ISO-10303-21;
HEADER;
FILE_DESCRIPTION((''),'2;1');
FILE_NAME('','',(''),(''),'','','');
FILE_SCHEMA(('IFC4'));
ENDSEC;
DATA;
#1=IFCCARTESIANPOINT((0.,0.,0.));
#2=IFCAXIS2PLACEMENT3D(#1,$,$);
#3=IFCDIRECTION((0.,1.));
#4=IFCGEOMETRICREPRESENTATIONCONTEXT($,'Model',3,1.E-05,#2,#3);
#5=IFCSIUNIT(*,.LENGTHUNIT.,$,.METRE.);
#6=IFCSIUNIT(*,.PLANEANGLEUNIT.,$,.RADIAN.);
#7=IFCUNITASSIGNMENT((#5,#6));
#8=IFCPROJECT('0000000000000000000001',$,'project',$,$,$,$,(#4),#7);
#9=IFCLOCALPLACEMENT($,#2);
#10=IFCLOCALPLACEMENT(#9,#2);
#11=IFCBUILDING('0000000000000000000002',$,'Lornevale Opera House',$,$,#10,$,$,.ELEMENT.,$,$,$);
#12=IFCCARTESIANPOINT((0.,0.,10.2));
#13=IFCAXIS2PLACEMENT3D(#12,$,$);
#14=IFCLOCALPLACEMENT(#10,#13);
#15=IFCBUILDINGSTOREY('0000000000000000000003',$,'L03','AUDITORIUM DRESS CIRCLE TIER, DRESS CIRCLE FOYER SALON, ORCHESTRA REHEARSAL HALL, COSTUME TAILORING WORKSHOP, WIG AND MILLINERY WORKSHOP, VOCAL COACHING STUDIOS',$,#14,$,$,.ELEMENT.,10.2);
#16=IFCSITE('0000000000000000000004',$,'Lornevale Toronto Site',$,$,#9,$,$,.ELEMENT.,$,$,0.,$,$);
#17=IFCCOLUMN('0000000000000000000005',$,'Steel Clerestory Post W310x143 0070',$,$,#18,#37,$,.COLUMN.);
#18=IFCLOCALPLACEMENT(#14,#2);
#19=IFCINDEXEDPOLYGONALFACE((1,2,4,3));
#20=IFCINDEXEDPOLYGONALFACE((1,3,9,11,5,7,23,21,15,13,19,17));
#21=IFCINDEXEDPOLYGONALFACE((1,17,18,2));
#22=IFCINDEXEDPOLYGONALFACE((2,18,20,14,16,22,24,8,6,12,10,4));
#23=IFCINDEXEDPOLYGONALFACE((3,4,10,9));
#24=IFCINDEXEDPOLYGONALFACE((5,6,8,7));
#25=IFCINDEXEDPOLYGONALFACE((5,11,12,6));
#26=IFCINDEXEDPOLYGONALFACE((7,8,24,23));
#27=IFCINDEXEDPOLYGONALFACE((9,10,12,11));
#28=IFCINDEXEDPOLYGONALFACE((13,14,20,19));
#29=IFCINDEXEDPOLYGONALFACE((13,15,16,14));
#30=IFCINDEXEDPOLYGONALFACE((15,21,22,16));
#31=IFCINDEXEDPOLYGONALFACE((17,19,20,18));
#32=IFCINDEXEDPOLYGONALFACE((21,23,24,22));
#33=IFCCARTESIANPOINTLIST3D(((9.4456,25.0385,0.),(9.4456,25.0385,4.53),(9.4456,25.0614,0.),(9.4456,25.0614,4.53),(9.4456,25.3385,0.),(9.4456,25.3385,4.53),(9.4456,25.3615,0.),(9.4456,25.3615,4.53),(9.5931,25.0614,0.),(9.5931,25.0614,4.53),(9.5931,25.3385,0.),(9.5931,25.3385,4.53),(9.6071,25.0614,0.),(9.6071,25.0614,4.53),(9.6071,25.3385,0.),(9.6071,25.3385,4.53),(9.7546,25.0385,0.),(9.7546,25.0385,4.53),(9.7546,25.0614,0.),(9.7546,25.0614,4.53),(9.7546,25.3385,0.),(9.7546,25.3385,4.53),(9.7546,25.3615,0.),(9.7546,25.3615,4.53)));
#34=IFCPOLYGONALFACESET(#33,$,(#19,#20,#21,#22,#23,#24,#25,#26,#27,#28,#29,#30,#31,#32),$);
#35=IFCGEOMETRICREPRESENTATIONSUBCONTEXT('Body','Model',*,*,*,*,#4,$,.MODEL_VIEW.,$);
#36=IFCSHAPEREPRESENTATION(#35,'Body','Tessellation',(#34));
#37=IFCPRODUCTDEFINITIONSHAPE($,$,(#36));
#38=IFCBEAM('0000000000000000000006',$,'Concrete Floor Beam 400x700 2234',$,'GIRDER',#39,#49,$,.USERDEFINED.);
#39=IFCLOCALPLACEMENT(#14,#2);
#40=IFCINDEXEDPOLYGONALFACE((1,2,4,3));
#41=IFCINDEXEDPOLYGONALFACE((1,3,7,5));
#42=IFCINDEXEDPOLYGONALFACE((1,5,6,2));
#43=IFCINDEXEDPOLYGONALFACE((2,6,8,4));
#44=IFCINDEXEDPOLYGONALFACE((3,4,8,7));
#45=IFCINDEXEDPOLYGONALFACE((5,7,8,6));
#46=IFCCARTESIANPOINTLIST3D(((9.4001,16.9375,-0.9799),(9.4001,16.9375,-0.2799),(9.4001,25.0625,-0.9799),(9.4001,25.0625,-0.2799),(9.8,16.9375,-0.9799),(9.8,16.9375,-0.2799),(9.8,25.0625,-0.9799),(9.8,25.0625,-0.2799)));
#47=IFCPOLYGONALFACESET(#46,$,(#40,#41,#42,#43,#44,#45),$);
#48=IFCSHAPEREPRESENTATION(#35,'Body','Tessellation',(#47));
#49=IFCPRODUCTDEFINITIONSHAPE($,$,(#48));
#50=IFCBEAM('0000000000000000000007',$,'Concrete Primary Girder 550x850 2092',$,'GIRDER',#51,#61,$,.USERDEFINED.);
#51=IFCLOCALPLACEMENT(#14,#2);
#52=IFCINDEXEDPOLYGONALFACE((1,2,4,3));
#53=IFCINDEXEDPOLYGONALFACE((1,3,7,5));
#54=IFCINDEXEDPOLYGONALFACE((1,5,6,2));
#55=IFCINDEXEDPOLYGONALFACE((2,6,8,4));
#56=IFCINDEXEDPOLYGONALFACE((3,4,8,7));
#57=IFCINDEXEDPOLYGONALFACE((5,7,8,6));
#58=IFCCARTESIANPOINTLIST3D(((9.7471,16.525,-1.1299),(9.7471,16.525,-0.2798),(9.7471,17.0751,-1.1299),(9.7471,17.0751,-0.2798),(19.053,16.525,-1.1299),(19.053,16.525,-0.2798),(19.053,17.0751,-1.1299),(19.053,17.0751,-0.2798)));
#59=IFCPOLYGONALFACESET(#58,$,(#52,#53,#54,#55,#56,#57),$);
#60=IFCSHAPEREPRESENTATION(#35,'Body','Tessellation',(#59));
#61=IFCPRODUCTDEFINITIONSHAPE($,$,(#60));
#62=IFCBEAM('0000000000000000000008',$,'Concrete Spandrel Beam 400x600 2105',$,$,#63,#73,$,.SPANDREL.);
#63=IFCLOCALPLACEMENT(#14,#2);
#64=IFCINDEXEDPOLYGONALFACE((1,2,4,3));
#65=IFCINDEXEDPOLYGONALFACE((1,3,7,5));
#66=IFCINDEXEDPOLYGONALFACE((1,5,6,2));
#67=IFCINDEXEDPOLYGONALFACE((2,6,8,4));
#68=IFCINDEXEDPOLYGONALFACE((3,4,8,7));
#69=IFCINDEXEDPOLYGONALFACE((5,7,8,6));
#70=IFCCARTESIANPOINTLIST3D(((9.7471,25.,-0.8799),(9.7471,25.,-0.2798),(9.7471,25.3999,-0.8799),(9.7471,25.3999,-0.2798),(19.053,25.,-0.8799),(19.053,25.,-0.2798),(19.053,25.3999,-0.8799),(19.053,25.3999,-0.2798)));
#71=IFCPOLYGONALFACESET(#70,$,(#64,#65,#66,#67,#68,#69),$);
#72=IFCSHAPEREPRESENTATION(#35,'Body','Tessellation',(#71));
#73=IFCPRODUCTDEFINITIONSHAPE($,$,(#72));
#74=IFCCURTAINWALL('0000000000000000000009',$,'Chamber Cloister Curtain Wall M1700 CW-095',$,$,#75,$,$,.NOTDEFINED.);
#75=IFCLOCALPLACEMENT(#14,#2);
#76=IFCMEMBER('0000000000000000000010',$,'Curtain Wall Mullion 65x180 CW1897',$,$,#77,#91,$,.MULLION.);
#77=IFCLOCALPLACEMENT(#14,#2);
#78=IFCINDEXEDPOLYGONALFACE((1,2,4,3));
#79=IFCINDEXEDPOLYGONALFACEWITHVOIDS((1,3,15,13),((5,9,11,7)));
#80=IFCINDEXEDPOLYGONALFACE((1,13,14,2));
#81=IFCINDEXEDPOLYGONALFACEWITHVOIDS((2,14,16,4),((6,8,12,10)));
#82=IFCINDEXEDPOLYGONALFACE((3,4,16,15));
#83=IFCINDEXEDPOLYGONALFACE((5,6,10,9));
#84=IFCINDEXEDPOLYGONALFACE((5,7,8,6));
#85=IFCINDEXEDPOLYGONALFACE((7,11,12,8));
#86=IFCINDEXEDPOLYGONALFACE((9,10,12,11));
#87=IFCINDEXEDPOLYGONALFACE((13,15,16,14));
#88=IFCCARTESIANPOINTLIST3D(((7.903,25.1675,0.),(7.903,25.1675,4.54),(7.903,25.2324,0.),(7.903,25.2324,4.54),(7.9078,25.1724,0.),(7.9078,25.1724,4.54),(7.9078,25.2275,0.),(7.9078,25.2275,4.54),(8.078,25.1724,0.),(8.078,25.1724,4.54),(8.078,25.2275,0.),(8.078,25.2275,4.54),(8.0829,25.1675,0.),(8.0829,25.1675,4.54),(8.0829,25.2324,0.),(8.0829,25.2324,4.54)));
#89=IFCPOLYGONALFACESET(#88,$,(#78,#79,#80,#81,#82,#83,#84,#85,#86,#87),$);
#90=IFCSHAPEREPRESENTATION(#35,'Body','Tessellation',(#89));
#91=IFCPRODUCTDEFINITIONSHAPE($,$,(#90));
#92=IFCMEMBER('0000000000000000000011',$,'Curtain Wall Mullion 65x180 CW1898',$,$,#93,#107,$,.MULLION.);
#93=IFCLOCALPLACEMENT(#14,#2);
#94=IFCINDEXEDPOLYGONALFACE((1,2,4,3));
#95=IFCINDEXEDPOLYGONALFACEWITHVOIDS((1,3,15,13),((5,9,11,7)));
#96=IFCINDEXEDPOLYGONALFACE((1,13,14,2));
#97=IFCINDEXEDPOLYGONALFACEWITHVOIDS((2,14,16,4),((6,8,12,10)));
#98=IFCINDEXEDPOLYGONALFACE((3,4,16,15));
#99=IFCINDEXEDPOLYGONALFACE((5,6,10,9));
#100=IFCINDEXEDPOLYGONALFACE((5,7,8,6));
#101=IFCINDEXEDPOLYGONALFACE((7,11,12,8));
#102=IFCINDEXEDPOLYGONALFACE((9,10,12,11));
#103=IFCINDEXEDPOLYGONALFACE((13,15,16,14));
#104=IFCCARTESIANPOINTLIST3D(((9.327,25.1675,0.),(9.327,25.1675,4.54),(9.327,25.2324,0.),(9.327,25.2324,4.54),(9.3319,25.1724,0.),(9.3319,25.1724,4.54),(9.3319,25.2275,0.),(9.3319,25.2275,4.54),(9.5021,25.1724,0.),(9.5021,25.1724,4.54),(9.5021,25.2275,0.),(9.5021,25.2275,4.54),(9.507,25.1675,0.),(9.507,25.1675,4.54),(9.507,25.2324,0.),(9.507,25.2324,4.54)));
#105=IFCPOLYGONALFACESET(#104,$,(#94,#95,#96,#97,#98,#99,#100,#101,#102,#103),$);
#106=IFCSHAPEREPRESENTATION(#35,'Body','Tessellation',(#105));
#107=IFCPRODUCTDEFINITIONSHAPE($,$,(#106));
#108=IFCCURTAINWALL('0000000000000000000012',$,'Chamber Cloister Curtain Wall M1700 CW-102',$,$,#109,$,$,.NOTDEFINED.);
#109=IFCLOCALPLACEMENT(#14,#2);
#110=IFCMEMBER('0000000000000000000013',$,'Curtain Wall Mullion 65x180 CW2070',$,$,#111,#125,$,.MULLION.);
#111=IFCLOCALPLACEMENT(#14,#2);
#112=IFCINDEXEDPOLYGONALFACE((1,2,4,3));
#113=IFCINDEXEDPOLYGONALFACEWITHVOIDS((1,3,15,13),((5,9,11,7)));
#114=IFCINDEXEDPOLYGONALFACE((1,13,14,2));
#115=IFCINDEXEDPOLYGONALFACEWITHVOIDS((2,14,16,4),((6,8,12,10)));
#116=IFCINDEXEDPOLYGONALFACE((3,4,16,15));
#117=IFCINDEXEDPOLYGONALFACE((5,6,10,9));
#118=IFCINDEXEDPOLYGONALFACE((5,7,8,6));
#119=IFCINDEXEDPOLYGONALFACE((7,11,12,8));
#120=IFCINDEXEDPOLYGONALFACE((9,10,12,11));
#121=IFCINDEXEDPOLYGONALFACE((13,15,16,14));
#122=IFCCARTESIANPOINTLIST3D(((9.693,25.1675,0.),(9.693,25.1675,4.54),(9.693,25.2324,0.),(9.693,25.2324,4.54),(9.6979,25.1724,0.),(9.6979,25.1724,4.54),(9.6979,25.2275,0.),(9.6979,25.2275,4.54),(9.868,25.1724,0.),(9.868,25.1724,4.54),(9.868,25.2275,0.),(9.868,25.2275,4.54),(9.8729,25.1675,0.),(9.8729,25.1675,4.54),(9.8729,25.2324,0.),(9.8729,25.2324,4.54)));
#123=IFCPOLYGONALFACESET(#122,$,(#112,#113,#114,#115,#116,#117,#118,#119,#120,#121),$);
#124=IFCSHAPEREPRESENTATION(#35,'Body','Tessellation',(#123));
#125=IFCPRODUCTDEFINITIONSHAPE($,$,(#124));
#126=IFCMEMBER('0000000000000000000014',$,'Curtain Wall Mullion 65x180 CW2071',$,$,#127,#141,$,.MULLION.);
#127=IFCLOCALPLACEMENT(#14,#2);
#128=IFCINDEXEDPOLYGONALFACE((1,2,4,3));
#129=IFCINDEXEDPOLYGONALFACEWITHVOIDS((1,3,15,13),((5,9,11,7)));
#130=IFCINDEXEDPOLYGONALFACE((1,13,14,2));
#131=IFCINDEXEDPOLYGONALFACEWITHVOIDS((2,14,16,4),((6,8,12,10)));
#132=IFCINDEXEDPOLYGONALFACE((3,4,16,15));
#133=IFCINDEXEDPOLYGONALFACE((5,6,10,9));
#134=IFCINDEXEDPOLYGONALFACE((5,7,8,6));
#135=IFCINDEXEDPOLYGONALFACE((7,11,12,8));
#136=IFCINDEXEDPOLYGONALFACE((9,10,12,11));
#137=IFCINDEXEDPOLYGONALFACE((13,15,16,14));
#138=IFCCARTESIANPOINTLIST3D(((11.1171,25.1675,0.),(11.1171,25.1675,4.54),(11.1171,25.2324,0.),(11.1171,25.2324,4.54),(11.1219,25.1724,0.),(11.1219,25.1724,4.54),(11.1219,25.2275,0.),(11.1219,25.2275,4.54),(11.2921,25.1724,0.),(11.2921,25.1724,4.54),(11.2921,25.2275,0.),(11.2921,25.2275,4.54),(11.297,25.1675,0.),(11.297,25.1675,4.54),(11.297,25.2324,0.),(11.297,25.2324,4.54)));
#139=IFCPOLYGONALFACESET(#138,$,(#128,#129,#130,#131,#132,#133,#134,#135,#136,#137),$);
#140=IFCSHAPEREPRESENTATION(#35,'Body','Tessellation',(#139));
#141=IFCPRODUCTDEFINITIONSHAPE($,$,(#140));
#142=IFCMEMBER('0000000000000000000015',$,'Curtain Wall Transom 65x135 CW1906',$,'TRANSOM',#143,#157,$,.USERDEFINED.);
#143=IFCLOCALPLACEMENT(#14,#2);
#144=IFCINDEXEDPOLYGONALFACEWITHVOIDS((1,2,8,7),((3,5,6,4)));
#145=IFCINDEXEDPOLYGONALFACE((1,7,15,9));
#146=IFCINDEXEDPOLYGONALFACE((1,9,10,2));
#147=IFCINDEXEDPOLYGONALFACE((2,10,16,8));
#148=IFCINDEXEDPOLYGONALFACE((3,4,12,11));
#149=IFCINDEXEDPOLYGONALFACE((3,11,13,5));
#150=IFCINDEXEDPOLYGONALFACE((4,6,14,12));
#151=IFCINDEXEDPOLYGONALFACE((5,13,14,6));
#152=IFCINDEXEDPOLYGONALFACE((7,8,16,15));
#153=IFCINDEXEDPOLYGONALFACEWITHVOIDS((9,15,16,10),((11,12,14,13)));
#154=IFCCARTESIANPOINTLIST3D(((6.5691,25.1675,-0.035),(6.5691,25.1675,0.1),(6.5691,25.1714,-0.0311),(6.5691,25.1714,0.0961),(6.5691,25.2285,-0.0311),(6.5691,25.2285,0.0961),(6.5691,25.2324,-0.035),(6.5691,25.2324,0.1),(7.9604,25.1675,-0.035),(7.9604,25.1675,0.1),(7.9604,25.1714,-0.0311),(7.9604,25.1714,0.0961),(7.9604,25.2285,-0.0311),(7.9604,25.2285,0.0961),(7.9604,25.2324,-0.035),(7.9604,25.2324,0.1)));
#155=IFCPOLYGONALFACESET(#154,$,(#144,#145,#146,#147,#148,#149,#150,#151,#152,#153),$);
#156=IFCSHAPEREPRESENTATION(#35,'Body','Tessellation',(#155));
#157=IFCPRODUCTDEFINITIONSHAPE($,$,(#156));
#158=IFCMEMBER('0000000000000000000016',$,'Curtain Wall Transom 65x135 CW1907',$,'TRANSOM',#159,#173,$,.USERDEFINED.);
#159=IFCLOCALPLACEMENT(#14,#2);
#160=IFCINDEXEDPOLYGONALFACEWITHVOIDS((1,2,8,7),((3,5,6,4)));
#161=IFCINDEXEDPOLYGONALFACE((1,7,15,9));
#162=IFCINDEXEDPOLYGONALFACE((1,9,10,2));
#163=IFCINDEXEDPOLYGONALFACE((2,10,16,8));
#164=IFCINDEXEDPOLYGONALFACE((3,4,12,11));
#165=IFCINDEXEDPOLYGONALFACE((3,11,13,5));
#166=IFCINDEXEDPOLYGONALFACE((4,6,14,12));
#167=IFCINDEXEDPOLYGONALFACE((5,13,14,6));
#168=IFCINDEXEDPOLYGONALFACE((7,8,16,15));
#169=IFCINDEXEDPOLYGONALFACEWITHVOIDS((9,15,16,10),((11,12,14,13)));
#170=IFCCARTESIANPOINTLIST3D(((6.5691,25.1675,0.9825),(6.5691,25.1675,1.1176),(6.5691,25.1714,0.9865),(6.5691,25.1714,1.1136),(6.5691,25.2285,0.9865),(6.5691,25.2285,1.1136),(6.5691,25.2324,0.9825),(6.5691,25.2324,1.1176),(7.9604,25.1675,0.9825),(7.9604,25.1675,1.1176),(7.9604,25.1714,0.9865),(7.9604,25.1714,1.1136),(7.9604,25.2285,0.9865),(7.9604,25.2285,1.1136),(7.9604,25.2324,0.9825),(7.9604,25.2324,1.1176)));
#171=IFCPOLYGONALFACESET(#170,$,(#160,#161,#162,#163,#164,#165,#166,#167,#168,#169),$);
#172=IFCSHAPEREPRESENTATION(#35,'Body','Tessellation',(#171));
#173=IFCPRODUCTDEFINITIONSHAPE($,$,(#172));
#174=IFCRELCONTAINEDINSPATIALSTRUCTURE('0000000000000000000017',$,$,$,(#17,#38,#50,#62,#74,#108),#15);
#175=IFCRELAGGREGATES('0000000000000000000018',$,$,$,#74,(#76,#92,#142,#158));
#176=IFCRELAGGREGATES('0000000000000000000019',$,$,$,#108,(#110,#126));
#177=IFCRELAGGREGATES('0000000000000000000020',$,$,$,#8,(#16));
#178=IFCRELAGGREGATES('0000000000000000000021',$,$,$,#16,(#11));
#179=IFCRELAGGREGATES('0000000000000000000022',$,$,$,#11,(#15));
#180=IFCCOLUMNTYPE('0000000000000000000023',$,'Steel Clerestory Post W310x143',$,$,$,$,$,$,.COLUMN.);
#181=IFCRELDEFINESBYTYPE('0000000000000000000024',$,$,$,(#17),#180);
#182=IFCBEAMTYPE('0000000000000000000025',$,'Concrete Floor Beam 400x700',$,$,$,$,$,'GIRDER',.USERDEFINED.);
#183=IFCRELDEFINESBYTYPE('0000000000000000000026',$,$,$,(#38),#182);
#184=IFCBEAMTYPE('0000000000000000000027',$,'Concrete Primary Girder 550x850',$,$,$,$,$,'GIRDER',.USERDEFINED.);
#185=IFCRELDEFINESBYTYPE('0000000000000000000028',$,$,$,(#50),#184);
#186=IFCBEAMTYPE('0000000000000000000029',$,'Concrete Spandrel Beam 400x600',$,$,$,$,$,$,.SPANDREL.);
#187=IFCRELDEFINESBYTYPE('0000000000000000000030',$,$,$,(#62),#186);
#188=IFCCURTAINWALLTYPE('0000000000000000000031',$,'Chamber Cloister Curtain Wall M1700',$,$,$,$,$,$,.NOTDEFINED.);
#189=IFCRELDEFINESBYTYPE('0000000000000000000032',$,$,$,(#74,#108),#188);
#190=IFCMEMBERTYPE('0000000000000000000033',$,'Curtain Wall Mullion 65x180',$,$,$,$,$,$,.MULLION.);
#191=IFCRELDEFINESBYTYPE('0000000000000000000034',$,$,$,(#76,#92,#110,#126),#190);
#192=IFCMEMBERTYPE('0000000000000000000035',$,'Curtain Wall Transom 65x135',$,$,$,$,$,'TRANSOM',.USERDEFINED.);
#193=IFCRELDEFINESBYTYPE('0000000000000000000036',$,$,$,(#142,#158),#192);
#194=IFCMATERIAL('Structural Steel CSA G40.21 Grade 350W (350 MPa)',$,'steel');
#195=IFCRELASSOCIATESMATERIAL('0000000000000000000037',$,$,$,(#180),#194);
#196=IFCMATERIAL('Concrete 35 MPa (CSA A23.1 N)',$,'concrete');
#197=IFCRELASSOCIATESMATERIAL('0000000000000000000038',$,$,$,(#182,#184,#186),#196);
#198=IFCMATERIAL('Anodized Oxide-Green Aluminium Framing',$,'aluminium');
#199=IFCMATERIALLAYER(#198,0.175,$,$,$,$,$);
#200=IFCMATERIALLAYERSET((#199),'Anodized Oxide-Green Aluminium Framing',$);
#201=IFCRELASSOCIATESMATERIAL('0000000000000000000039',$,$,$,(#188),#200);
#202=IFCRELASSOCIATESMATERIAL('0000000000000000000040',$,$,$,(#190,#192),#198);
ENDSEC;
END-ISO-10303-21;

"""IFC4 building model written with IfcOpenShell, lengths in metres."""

from ifc_helpers import new_model, si_unit, direction, frame, origin, origin_2d, place, context, subcontext, project, spatial, rectangle, hollow_rectangle, i_section, extrude, material, layer, layer_set, material_profile, profile_set, type_object, element, aggregate, save


model = new_model("IFC4")

# Units and contexts
model_context = context("Model", 3, precision=1e-05, world=origin(), true_north=direction((0.0, 1.0)))
body_context = subcontext(model_context, "Body", "Model", "MODEL_VIEW")
ifc_project = project(units=[si_unit("LENGTHUNIT", "METRE"), si_unit("PLANEANGLEUNIT", "RADIAN")], contexts=[model_context])

# Site, building, storey
site_placement = place(None, origin())
site = spatial("IfcSite", under=ifc_project, at=site_placement, Name="Lornevale Toronto Site", CompositionType="ELEMENT", RefElevation=0.0)
building_placement = place(site_placement, origin())
building = spatial("IfcBuilding", under=site, at=building_placement, Name="Lornevale Opera House", CompositionType="ELEMENT")
storey_placement = place(building_placement, frame((0.0, 0.0, 10.2)))
storey = spatial("IfcBuildingStorey", under=building, at=storey_placement, Name="L03", Description="AUDITORIUM DRESS CIRCLE TIER, DRESS CIRCLE FOYER SALON, ORCHESTRA REHEARSAL HALL, COSTUME TAILORING WORKSHOP, WIG AND MILLINERY WORKSHOP, VOCAL COACHING STUDIOS", CompositionType="ELEMENT", Elevation=10.2)

# Column
ifc_material_1 = material(Name="Structural Steel CSA G40.21 Grade 350W (350 MPa)", Category="steel")
ifc_material_profile_1 = material_profile(ifc_material_1, i_section(OverallWidth=0.3091, OverallDepth=0.323, WebThickness=0.0139, FlangeThickness=0.0229, at=origin_2d()), Name="W310x143")
ifc_profile_set_1 = profile_set([ifc_material_profile_1], Name="Structural Steel CSA G40.21 Grade 350W (350 MPa)")
column_type = type_object("IfcColumnType", Name="Steel Clerestory Post W310x143", PredefinedType="COLUMN", material=ifc_profile_set_1)
column_placement = place(storey_placement, frame((9.6001, 25.2, 0.0), z_axis=(0.0, 0.0, 1.0), x_axis=(1.0, 0.0, 0.0)))
element("IfcColumn", 1, at=column_placement, inside=storey, type_object=column_type, Name="Steel Clerestory Post W310x143 0070", PredefinedType="COLUMN", context=body_context, shape_type="SweptSolid", body=[
    extrude(i_section(OverallWidth=0.3091, OverallDepth=0.323, WebThickness=0.0139, FlangeThickness=0.0229, at=origin_2d()), origin(), (0.0, 0.0, 1.0), 4.53),
])

# Beams
ifc_material_2 = material(Name="Concrete 35 MPa (CSA A23.1 N)", Category="concrete")
ifc_material_profile_2 = material_profile(ifc_material_2, rectangle(XDim=0.3999, YDim=0.7, at=origin_2d()), Name="RC400x700")
ifc_profile_set_2 = profile_set([ifc_material_profile_2], Name="Concrete 35 MPa (CSA A23.1 N)")
beam_type_1 = type_object("IfcBeamType", Name="Concrete Floor Beam 400x700", ElementType="GIRDER", PredefinedType="USERDEFINED", material=ifc_profile_set_2)
beam_1_placement = place(storey_placement, frame((9.6001, 16.9375, -0.6299), z_axis=(0.0, 1.0, 0.0), x_axis=(-1.0, 0.0, 0.0)))
element("IfcBeam", 2, at=beam_1_placement, inside=storey, type_object=beam_type_1, Name="Concrete Floor Beam 400x700 2234", ObjectType="GIRDER", PredefinedType="USERDEFINED", context=body_context, shape_type="SweptSolid", body=[
    extrude(rectangle(XDim=0.3999, YDim=0.7, at=origin_2d()), origin(), (0.0, 0.0, 1.0), 8.125),
])
ifc_material_profile_3 = material_profile(ifc_material_2, rectangle(XDim=0.55, YDim=0.8501, at=origin_2d()), Name="RC550x850")
ifc_profile_set_3 = profile_set([ifc_material_profile_3], Name="Concrete 35 MPa (CSA A23.1 N)")
beam_type_2 = type_object("IfcBeamType", Name="Concrete Primary Girder 550x850", ElementType="GIRDER", PredefinedType="USERDEFINED", material=ifc_profile_set_3)
beam_2_placement = place(storey_placement, frame((9.7471, 16.8, -0.7048), z_axis=(1.0, 0.0, 0.0), x_axis=(0.0, 1.0, 0.0)))
element("IfcBeam", 3, at=beam_2_placement, inside=storey, type_object=beam_type_2, Name="Concrete Primary Girder 550x850 2092", ObjectType="GIRDER", PredefinedType="USERDEFINED", context=body_context, shape_type="SweptSolid", body=[
    extrude(rectangle(XDim=0.55, YDim=0.8501, at=origin_2d()), origin(), (0.0, 0.0, 1.0), 9.3059),
])
ifc_material_profile_4 = material_profile(ifc_material_2, rectangle(XDim=0.3999, YDim=0.6001, at=origin_2d()), Name="RC400x600")
ifc_profile_set_4 = profile_set([ifc_material_profile_4], Name="Concrete 35 MPa (CSA A23.1 N)")
beam_type_3 = type_object("IfcBeamType", Name="Concrete Spandrel Beam 400x600", PredefinedType="SPANDREL", material=ifc_profile_set_4)
beam_3_placement = place(storey_placement, frame((9.7471, 25.2, -0.5798), z_axis=(1.0, 0.0, 0.0), x_axis=(0.0, 1.0, 0.0)))
element("IfcBeam", 4, at=beam_3_placement, inside=storey, type_object=beam_type_3, Name="Concrete Spandrel Beam 400x600 2105", PredefinedType="SPANDREL", context=body_context, shape_type="SweptSolid", body=[
    extrude(rectangle(XDim=0.3999, YDim=0.6001, at=origin_2d()), origin(), (0.0, 0.0, 1.0), 9.3059),
])

# Curtain walls, members
ifc_material_3 = material(Name="Anodized Oxide-Green Aluminium Framing", Category="aluminium")
ifc_layer_1 = layer(ifc_material_3, 0.175)
ifc_layer_set_1 = layer_set([ifc_layer_1], Name="Anodized Oxide-Green Aluminium Framing")
curtain_wall_type = type_object("IfcCurtainWallType", Name="Chamber Cloister Curtain Wall M1700", PredefinedType="NOTDEFINED", material=ifc_layer_set_1)
curtain_wall_1_placement = place(storey_placement, origin())
curtain_wall_1 = element("IfcCurtainWall", 5, at=curtain_wall_1_placement, inside=storey, type_object=curtain_wall_type, Name="Chamber Cloister Curtain Wall M1700 CW-095", PredefinedType="NOTDEFINED")
ifc_material_profile_5 = material_profile(ifc_material_3, hollow_rectangle(XDim=0.0649, YDim=0.1799, WallThickness=0.0049, at=origin_2d()), Name="ALU65x180x5")
ifc_profile_set_5 = profile_set([ifc_material_profile_5], Name="Anodized Oxide-Green Aluminium Framing")
member_type_1 = type_object("IfcMemberType", Name="Curtain Wall Mullion 65x180", PredefinedType="MULLION", material=ifc_profile_set_5)
member_1_placement = place(storey_placement, frame((7.9929, 25.2, 0.0), z_axis=(0.0, 0.0, 1.0), x_axis=(0.0, 1.0, 0.0)))
member_1 = element("IfcMember", 6, at=member_1_placement, type_object=member_type_1, Name="Curtain Wall Mullion 65x180 CW1897", PredefinedType="MULLION", context=body_context, shape_type="SweptSolid", body=[
    extrude(hollow_rectangle(XDim=0.0649, YDim=0.1799, WallThickness=0.0049, at=origin_2d()), origin(), (0.0, 0.0, 1.0), 4.54),
])
member_2_placement = place(storey_placement, frame((9.417, 25.2, 0.0), z_axis=(0.0, 0.0, 1.0), x_axis=(0.0, 1.0, 0.0)))
member_2 = element("IfcMember", 7, at=member_2_placement, type_object=member_type_1, Name="Curtain Wall Mullion 65x180 CW1898", PredefinedType="MULLION", context=body_context, shape_type="SweptSolid", body=[
    extrude(hollow_rectangle(XDim=0.0649, YDim=0.1799, WallThickness=0.0049, at=origin_2d()), origin(), (0.0, 0.0, 1.0), 4.54),
])
curtain_wall_2_placement = place(storey_placement, origin())
curtain_wall_2 = element("IfcCurtainWall", 8, at=curtain_wall_2_placement, inside=storey, type_object=curtain_wall_type, Name="Chamber Cloister Curtain Wall M1700 CW-102", PredefinedType="NOTDEFINED")
member_3_placement = place(storey_placement, frame((9.783, 25.2, 0.0), z_axis=(0.0, 0.0, 1.0), x_axis=(0.0, 1.0, 0.0)))
member_3 = element("IfcMember", 9, at=member_3_placement, type_object=member_type_1, Name="Curtain Wall Mullion 65x180 CW2070", PredefinedType="MULLION", context=body_context, shape_type="SweptSolid", body=[
    extrude(hollow_rectangle(XDim=0.0649, YDim=0.1799, WallThickness=0.0049, at=origin_2d()), origin(), (0.0, 0.0, 1.0), 4.54),
])
member_4_placement = place(storey_placement, frame((11.207, 25.2, 0.0), z_axis=(0.0, 0.0, 1.0), x_axis=(0.0, 1.0, 0.0)))
member_4 = element("IfcMember", 10, at=member_4_placement, type_object=member_type_1, Name="Curtain Wall Mullion 65x180 CW2071", PredefinedType="MULLION", context=body_context, shape_type="SweptSolid", body=[
    extrude(hollow_rectangle(XDim=0.0649, YDim=0.1799, WallThickness=0.0049, at=origin_2d()), origin(), (0.0, 0.0, 1.0), 4.54),
])

# Members
ifc_material_profile_6 = material_profile(ifc_material_3, hollow_rectangle(XDim=0.0649, YDim=0.135, WallThickness=0.0039, at=origin_2d()), Name="ALU65x135x4")
ifc_profile_set_6 = profile_set([ifc_material_profile_6], Name="Anodized Oxide-Green Aluminium Framing")
member_type_2 = type_object("IfcMemberType", Name="Curtain Wall Transom 65x135", ElementType="TRANSOM", PredefinedType="USERDEFINED", material=ifc_profile_set_6)
member_5_placement = place(storey_placement, frame((6.5691, 25.2, 0.0325), z_axis=(1.0, 0.0, 0.0), x_axis=(0.0, 1.0, 0.0)))
member_5 = element("IfcMember", 11, at=member_5_placement, type_object=member_type_2, Name="Curtain Wall Transom 65x135 CW1906", ObjectType="TRANSOM", PredefinedType="USERDEFINED", context=body_context, shape_type="SweptSolid", body=[
    extrude(hollow_rectangle(XDim=0.0649, YDim=0.135, WallThickness=0.0039, at=origin_2d()), origin(), (0.0, 0.0, 1.0), 1.3914),
])
member_6_placement = place(storey_placement, frame((6.5691, 25.2, 1.05), z_axis=(1.0, 0.0, 0.0), x_axis=(0.0, 1.0, 0.0)))
member_6 = element("IfcMember", 12, at=member_6_placement, type_object=member_type_2, Name="Curtain Wall Transom 65x135 CW1907", ObjectType="TRANSOM", PredefinedType="USERDEFINED", context=body_context, shape_type="SweptSolid", body=[
    extrude(hollow_rectangle(XDim=0.0649, YDim=0.135, WallThickness=0.0039, at=origin_2d()), origin(), (0.0, 0.0, 1.0), 1.3914),
])

aggregate(curtain_wall_1, [member_1, member_2, member_5, member_6])
aggregate(curtain_wall_2, [member_3, member_4])

save(model, "model.ifc")
